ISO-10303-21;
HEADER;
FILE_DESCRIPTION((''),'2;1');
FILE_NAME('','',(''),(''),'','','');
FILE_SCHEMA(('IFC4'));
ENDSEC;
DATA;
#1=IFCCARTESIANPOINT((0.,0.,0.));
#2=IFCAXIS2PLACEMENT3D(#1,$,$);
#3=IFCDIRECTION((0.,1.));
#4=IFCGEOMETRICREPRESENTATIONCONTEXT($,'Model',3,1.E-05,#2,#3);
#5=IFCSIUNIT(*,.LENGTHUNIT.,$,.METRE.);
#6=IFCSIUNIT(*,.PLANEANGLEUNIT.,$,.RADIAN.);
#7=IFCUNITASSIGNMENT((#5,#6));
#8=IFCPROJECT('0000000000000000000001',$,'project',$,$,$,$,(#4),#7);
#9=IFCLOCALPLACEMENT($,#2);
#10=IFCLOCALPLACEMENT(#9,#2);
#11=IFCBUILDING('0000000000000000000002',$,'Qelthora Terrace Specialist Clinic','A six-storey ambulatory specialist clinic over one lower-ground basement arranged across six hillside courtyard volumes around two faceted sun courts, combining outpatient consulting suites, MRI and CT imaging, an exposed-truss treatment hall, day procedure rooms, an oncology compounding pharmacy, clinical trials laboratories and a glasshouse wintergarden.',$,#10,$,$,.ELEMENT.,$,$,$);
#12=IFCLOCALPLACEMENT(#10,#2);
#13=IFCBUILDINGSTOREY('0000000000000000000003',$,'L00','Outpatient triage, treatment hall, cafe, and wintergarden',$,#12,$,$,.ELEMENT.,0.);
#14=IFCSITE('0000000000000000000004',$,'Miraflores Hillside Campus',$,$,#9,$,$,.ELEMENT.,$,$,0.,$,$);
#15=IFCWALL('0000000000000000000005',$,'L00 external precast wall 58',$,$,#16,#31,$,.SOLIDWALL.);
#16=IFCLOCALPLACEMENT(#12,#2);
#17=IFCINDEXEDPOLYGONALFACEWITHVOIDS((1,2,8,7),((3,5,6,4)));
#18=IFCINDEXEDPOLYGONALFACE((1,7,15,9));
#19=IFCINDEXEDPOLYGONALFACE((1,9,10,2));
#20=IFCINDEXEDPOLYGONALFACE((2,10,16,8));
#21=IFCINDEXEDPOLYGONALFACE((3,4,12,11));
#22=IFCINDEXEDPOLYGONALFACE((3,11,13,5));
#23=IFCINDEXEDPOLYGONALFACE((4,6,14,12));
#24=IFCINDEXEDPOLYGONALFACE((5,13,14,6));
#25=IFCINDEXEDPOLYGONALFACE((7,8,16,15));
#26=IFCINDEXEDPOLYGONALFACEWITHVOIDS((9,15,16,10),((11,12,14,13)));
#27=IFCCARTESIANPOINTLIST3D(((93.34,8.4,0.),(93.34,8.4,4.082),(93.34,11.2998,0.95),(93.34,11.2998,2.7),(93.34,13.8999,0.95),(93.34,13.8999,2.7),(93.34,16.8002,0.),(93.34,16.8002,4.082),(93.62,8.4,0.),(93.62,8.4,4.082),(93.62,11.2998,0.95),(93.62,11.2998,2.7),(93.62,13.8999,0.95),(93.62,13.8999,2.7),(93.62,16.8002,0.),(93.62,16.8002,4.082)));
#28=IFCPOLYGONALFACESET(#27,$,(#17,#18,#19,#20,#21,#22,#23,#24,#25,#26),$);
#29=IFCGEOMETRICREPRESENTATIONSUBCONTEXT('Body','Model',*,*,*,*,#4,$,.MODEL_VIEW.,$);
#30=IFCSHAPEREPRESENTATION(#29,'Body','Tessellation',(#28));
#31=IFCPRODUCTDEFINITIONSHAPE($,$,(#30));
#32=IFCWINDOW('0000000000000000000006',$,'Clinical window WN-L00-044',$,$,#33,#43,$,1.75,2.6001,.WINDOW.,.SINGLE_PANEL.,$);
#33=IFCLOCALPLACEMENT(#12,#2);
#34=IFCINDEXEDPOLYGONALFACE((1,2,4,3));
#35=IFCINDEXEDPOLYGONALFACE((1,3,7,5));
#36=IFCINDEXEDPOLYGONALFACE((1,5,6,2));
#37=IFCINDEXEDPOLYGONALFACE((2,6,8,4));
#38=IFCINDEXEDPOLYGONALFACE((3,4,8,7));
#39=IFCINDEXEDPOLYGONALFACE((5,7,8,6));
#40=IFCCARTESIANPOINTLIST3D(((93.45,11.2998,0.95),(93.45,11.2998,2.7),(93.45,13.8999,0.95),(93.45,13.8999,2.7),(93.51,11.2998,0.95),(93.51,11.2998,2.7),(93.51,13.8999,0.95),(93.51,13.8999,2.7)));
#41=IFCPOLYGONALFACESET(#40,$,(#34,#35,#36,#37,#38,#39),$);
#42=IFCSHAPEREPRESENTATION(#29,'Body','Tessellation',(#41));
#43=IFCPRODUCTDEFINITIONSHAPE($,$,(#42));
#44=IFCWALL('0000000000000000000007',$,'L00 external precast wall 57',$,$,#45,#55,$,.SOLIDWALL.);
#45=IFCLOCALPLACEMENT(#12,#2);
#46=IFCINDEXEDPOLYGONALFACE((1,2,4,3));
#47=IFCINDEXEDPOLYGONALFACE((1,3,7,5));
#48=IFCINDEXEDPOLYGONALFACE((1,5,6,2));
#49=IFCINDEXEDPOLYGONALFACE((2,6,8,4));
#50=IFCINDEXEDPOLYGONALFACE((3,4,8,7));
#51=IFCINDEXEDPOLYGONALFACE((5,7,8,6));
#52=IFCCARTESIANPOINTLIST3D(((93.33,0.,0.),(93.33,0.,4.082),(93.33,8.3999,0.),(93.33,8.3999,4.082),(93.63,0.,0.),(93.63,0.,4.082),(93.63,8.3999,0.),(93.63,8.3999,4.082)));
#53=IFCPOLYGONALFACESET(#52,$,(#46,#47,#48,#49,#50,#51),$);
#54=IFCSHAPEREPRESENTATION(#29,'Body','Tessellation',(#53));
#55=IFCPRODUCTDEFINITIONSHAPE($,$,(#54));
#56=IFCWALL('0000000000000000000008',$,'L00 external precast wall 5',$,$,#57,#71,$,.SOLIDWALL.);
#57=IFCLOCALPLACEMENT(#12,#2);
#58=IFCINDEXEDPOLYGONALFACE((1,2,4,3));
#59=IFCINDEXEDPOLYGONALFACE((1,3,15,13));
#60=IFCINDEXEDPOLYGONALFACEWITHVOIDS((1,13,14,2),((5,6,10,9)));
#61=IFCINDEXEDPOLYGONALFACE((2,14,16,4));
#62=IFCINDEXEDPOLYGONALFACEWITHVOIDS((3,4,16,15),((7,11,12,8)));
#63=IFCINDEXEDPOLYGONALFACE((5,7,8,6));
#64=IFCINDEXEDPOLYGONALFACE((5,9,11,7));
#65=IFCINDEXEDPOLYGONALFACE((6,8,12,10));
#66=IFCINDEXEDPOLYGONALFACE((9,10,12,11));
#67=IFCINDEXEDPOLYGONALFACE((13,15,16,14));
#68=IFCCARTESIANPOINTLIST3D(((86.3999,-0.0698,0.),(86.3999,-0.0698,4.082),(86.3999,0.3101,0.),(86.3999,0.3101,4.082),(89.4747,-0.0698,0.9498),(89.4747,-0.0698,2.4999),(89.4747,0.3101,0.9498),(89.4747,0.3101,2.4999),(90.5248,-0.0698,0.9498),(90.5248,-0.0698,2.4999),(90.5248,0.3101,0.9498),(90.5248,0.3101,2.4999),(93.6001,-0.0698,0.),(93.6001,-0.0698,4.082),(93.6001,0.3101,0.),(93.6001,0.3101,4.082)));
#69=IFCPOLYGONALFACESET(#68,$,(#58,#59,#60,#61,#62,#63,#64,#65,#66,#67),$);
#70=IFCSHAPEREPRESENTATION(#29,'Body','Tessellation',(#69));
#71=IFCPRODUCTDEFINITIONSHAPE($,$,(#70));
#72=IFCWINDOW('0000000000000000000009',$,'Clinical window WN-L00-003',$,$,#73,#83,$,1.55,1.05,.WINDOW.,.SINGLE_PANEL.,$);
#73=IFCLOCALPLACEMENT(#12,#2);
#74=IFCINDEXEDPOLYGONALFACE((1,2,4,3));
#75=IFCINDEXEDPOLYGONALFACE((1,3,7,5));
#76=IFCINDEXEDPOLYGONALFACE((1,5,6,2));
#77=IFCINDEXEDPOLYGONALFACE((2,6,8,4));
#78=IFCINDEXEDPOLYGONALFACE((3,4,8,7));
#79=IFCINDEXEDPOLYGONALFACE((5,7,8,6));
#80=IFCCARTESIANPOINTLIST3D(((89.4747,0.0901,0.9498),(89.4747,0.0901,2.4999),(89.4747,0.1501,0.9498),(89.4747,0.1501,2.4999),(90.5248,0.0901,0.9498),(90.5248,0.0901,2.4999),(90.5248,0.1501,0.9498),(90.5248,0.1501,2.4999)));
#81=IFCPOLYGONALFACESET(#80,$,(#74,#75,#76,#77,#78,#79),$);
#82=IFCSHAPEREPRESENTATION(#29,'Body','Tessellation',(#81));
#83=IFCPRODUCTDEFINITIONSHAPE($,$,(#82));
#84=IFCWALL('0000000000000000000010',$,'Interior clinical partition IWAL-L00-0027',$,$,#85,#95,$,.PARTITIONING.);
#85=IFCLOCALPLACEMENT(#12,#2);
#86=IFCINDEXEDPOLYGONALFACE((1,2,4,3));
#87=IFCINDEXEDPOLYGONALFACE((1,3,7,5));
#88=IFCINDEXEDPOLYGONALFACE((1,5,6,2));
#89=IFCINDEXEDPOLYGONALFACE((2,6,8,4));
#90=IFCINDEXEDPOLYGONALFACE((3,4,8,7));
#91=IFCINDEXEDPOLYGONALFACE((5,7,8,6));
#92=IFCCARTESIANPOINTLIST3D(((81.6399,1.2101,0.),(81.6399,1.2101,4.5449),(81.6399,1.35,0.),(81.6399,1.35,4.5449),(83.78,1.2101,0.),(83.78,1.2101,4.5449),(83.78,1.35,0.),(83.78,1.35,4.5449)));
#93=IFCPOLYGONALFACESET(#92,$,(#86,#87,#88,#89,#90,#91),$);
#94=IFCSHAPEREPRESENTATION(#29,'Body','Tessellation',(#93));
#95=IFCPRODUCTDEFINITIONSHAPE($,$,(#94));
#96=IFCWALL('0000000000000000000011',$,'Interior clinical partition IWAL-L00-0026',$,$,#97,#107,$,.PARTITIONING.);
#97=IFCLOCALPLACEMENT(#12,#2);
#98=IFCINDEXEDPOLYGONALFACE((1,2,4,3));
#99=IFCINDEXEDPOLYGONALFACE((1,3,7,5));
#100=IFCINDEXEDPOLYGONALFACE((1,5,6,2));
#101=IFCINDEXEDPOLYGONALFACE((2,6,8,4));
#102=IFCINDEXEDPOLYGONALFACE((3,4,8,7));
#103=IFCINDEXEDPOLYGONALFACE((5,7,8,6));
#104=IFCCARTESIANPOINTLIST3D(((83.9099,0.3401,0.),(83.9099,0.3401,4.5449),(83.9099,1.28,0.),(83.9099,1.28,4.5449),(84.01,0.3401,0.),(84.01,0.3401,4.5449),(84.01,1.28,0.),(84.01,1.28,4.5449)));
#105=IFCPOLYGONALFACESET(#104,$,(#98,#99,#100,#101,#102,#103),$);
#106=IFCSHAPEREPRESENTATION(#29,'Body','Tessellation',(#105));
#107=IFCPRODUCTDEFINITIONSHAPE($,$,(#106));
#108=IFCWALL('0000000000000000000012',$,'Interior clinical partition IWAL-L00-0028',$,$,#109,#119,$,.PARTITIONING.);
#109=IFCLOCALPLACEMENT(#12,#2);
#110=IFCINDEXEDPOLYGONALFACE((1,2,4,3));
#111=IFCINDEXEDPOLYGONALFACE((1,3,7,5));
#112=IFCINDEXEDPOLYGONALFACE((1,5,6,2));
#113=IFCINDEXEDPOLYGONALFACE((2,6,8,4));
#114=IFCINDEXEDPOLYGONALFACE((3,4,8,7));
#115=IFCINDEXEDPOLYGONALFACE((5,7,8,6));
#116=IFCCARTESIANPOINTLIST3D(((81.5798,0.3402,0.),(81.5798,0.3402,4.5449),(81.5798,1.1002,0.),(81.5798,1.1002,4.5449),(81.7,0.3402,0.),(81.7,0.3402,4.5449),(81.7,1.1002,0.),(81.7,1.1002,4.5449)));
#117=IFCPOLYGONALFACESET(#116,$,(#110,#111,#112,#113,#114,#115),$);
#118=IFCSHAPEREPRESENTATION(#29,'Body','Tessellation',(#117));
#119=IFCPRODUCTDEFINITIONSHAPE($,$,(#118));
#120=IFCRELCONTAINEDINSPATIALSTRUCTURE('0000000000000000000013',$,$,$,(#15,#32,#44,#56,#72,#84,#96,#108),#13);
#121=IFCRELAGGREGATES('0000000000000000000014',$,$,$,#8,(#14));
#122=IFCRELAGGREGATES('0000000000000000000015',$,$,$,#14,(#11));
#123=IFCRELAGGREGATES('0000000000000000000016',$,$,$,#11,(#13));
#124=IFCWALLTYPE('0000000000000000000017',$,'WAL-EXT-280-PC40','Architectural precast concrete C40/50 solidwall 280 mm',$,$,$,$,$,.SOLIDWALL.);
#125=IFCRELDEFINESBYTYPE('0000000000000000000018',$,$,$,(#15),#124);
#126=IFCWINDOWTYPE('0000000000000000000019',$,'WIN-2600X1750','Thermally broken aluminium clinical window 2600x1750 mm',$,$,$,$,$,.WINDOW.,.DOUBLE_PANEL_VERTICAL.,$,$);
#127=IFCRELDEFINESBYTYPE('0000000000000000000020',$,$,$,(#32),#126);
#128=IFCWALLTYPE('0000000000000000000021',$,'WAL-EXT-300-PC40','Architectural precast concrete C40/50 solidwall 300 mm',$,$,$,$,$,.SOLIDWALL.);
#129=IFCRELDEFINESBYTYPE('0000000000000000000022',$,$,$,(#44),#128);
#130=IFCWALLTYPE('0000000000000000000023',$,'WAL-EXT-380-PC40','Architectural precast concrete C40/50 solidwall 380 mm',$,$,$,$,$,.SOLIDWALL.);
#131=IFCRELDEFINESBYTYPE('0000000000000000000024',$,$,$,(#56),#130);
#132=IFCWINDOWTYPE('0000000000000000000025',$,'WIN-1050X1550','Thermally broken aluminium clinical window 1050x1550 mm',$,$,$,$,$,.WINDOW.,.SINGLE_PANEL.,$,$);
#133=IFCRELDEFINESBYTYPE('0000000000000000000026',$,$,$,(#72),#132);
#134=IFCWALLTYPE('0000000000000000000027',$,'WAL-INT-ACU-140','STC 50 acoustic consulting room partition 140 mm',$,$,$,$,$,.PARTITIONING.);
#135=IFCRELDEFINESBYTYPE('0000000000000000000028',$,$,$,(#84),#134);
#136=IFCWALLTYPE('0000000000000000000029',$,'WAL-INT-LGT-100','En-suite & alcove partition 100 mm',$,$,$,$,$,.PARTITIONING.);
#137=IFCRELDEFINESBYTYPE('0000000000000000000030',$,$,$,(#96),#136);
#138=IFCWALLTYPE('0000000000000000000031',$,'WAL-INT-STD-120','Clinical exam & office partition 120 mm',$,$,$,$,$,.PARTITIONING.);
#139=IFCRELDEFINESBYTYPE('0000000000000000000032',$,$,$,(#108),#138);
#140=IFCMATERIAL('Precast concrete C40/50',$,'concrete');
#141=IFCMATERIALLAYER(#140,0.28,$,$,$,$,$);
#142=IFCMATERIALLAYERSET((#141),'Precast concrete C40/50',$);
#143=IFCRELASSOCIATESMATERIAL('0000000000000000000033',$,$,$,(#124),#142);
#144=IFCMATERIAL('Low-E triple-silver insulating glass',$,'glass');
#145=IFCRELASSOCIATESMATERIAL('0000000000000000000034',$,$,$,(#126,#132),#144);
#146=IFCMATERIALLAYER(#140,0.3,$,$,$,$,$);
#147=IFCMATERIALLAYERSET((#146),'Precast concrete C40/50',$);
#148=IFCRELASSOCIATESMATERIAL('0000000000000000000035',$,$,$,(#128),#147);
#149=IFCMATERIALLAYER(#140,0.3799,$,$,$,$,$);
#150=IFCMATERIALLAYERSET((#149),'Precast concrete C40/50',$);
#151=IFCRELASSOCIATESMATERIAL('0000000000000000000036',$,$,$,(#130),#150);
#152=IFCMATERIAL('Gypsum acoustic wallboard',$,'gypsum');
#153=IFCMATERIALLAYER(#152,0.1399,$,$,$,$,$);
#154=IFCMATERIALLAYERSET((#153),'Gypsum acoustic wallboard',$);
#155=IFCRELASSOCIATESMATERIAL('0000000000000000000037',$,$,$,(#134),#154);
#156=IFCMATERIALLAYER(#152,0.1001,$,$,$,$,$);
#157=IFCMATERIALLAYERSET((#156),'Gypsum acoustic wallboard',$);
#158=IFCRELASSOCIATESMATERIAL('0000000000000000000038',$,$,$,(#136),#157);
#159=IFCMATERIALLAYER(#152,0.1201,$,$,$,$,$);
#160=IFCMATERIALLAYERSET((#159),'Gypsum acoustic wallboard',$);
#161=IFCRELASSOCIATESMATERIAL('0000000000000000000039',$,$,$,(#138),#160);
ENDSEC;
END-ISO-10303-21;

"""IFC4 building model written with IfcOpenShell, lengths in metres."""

from ifc_helpers import new_model, si_unit, direction, frame, frame_2d, origin, place, context, subcontext, project, spatial, rectangle, extrude, material, layer, layer_set, type_object, element, fill, save


model = new_model("IFC4")

# Units and contexts
model_context = context("Model", 3, precision=1e-05, world=origin(), true_north=direction((0.0, 1.0)))
body_context = subcontext(model_context, "Body", "Model", "MODEL_VIEW")
ifc_project = project(units=[si_unit("LENGTHUNIT", "METRE"), si_unit("PLANEANGLEUNIT", "RADIAN")], contexts=[model_context])

# Site, building, storey
site_placement = place(None, origin())
site = spatial("IfcSite", under=ifc_project, at=site_placement, Name="Miraflores Hillside Campus", CompositionType="ELEMENT", RefElevation=0.0)
building_placement = place(site_placement, origin())
building = spatial("IfcBuilding", under=site, at=building_placement, Name="Qelthora Terrace Specialist Clinic", Description="A six-storey ambulatory specialist clinic over one lower-ground basement arranged across six hillside courtyard volumes around two faceted sun courts, combining outpatient consulting suites, MRI and CT imaging, an exposed-truss treatment hall, day procedure rooms, an oncology compounding pharmacy, clinical trials laboratories and a glasshouse wintergarden.", CompositionType="ELEMENT")
storey_placement = place(building_placement, origin())
storey = spatial("IfcBuildingStorey", under=building, at=storey_placement, Name="L00", Description="Outpatient triage, treatment hall, cafe, and wintergarden", CompositionType="ELEMENT", Elevation=0.0)

# Shared definitions
ifc_material_1 = material(Name="Precast concrete C40/50", Category="concrete")

# Wall, opening, window
ifc_material_2 = material(Name="Low-E triple-silver insulating glass", Category="glass")
ifc_layer_1 = layer(ifc_material_1, 0.28)
ifc_layer_set_1 = layer_set([ifc_layer_1], Name="Precast concrete C40/50")
wall_type_1 = type_object("IfcWallType", Name="WAL-EXT-280-PC40", Description="Architectural precast concrete C40/50 solidwall 280 mm", PredefinedType="SOLIDWALL", material=ifc_layer_set_1)
wall_1_placement = place(storey_placement, frame((93.48, 8.3999, 0.0), z_axis=(0.0, 0.0, 1.0), x_axis=(0.0, 1.0, 0.0)))
wall_1 = element("IfcWall", 1, at=wall_1_placement, inside=storey, type_object=wall_type_1, Name="L00 external precast wall 58", PredefinedType="SOLIDWALL", context=body_context, shape_type="SweptSolid", body=[
    extrude(rectangle(XDim=8.4001, YDim=0.28, at=frame_2d((4.2002, 0.0))), origin(), (0.0, 0.0, 1.0), 4.082),
])
opening_1_placement = place(wall_1_placement, frame((2.8999, 0.0, 0.95)))
opening_1 = element("IfcOpeningElement", 2, at=opening_1_placement, cuts=wall_1, PredefinedType="OPENING", context=body_context, shape_type="SweptSolid", body=[
    extrude(rectangle(XDim=2.6001, YDim=1.75, at=frame_2d((1.3, 0.875))), frame((0.0, 0.1499, 0.0), z_axis=(0.0, -1.0, 0.0), x_axis=(1.0, 0.0, 0.0)), (0.0, 0.0, 1.0), 0.3),
])
window_type_1 = type_object("IfcWindowType", Name="WIN-2600X1750", Description="Thermally broken aluminium clinical window 2600x1750 mm", PartitioningType="DOUBLE_PANEL_VERTICAL", PredefinedType="WINDOW", material=ifc_material_2)
window_1_placement = place(opening_1_placement, origin())
window_1 = element("IfcWindow", 3, at=window_1_placement, inside=storey, type_object=window_type_1, Name="Clinical window WN-L00-044", OverallHeight=1.75, OverallWidth=2.6001, PartitioningType="SINGLE_PANEL", PredefinedType="WINDOW", context=body_context, shape_type="SweptSolid", body=[
    extrude(rectangle(XDim=2.6001, YDim=1.75, at=frame_2d((1.3, 0.875))), frame((0.0, 0.03, 0.0), z_axis=(0.0, -1.0, 0.0), x_axis=(1.0, 0.0, 0.0)), (0.0, 0.0, 1.0), 0.0601),
])
fill(opening_1, window_1)

# Wall
ifc_layer_2 = layer(ifc_material_1, 0.3)
ifc_layer_set_2 = layer_set([ifc_layer_2], Name="Precast concrete C40/50")
wall_type_2 = type_object("IfcWallType", Name="WAL-EXT-300-PC40", Description="Architectural precast concrete C40/50 solidwall 300 mm", PredefinedType="SOLIDWALL", material=ifc_layer_set_2)
wall_2_placement = place(storey_placement, frame((93.48, 0.0, 0.0), z_axis=(0.0, 0.0, 1.0), x_axis=(0.0, 1.0, 0.0)))
element("IfcWall", 4, at=wall_2_placement, inside=storey, type_object=wall_type_2, Name="L00 external precast wall 57", PredefinedType="SOLIDWALL", context=body_context, shape_type="SweptSolid", body=[
    extrude(rectangle(XDim=8.3999, YDim=0.3, at=frame_2d((4.2, 0.0))), origin(), (0.0, 0.0, 1.0), 4.082),
])

# Wall, opening, window
ifc_layer_3 = layer(ifc_material_1, 0.3799)
ifc_layer_set_3 = layer_set([ifc_layer_3], Name="Precast concrete C40/50")
wall_type_3 = type_object("IfcWallType", Name="WAL-EXT-380-PC40", Description="Architectural precast concrete C40/50 solidwall 380 mm", PredefinedType="SOLIDWALL", material=ifc_layer_set_3)
wall_3_placement = place(storey_placement, frame((86.3999, 0.1201, 0.0), z_axis=(0.0, 0.0, 1.0), x_axis=(1.0, 0.0, 0.0)))
wall_3 = element("IfcWall", 5, at=wall_3_placement, inside=storey, type_object=wall_type_3, Name="L00 external precast wall 5", PredefinedType="SOLIDWALL", context=body_context, shape_type="SweptSolid", body=[
    extrude(rectangle(XDim=7.2002, YDim=0.3799, at=frame_2d((3.6001, 0.0))), origin(), (0.0, 0.0, 1.0), 4.082),
])
opening_2_placement = place(wall_3_placement, frame((3.075, 0.0, 0.95)))
opening_2 = element("IfcOpeningElement", 6, at=opening_2_placement, cuts=wall_3, PredefinedType="OPENING", context=body_context, shape_type="SweptSolid", body=[
    extrude(rectangle(XDim=1.05, YDim=1.55, at=frame_2d((0.5249, 0.7749))), frame((0.0, 0.2, 0.0), z_axis=(0.0, -1.0, 0.0), x_axis=(1.0, 0.0, 0.0)), (0.0, 0.0, 1.0), 0.3999),
])
window_type_2 = type_object("IfcWindowType", Name="WIN-1050X1550", Description="Thermally broken aluminium clinical window 1050x1550 mm", PartitioningType="SINGLE_PANEL", PredefinedType="WINDOW", material=ifc_material_2)
window_2_placement = place(opening_2_placement, origin())
window_2 = element("IfcWindow", 7, at=window_2_placement, inside=storey, type_object=window_type_2, Name="Clinical window WN-L00-003", OverallHeight=1.55, OverallWidth=1.05, PartitioningType="SINGLE_PANEL", PredefinedType="WINDOW", context=body_context, shape_type="SweptSolid", body=[
    extrude(rectangle(XDim=1.05, YDim=1.55, at=frame_2d((0.5249, 0.7749))), frame((0.0, 0.03, 0.0), z_axis=(0.0, -1.0, 0.0), x_axis=(1.0, 0.0, 0.0)), (0.0, 0.0, 1.0), 0.0601),
])
fill(opening_2, window_2)

# Walls
ifc_material_3 = material(Name="Gypsum acoustic wallboard", Category="gypsum")
ifc_layer_4 = layer(ifc_material_3, 0.1399)
ifc_layer_set_4 = layer_set([ifc_layer_4], Name="Gypsum acoustic wallboard")
wall_type_4 = type_object("IfcWallType", Name="WAL-INT-ACU-140", Description="STC 50 acoustic consulting room partition 140 mm", PredefinedType="PARTITIONING", material=ifc_layer_set_4)
wall_4_placement = place(storey_placement, frame((83.78, 1.28, 0.0), z_axis=(0.0, 0.0, 1.0), x_axis=(-1.0, 0.0, 0.0)))
element("IfcWall", 8, at=wall_4_placement, inside=storey, type_object=wall_type_4, Name="Interior clinical partition IWAL-L00-0027", PredefinedType="PARTITIONING", context=body_context, shape_type="SweptSolid", body=[
    extrude(rectangle(XDim=2.1401, YDim=0.1399, at=frame_2d((1.0701, 0.0))), origin(), (0.0, 0.0, 1.0), 4.5449),
])
ifc_layer_5 = layer(ifc_material_3, 0.1001)
ifc_layer_set_5 = layer_set([ifc_layer_5], Name="Gypsum acoustic wallboard")
wall_type_5 = type_object("IfcWallType", Name="WAL-INT-LGT-100", Description="En-suite & alcove partition 100 mm", PredefinedType="PARTITIONING", material=ifc_layer_set_5)
wall_5_placement = place(storey_placement, frame((83.96, 0.3401, 0.0), z_axis=(0.0, 0.0, 1.0), x_axis=(0.0, 1.0, 0.0)))
element("IfcWall", 9, at=wall_5_placement, inside=storey, type_object=wall_type_5, Name="Interior clinical partition IWAL-L00-0026", PredefinedType="PARTITIONING", context=body_context, shape_type="SweptSolid", body=[
    extrude(rectangle(XDim=0.9399, YDim=0.1001, at=frame_2d((0.47, 0.0))), origin(), (0.0, 0.0, 1.0), 4.5449),
])
ifc_layer_6 = layer(ifc_material_3, 0.1201)
ifc_layer_set_6 = layer_set([ifc_layer_6], Name="Gypsum acoustic wallboard")
wall_type_6 = type_object("IfcWallType", Name="WAL-INT-STD-120", Description="Clinical exam & office partition 120 mm", PredefinedType="PARTITIONING", material=ifc_layer_set_6)
wall_6_placement = place(storey_placement, frame((81.6399, 1.1001, 0.0), z_axis=(0.0, 0.0, 1.0), x_axis=(0.0, -1.0, 0.0)))
element("IfcWall", 10, at=wall_6_placement, inside=storey, type_object=wall_type_6, Name="Interior clinical partition IWAL-L00-0028", PredefinedType="PARTITIONING", context=body_context, shape_type="SweptSolid", body=[
    extrude(rectangle(XDim=0.76, YDim=0.1201, at=frame_2d((0.3799, 0.0))), origin(), (0.0, 0.0, 1.0), 4.5449),
])

save(model, "model.ifc")
